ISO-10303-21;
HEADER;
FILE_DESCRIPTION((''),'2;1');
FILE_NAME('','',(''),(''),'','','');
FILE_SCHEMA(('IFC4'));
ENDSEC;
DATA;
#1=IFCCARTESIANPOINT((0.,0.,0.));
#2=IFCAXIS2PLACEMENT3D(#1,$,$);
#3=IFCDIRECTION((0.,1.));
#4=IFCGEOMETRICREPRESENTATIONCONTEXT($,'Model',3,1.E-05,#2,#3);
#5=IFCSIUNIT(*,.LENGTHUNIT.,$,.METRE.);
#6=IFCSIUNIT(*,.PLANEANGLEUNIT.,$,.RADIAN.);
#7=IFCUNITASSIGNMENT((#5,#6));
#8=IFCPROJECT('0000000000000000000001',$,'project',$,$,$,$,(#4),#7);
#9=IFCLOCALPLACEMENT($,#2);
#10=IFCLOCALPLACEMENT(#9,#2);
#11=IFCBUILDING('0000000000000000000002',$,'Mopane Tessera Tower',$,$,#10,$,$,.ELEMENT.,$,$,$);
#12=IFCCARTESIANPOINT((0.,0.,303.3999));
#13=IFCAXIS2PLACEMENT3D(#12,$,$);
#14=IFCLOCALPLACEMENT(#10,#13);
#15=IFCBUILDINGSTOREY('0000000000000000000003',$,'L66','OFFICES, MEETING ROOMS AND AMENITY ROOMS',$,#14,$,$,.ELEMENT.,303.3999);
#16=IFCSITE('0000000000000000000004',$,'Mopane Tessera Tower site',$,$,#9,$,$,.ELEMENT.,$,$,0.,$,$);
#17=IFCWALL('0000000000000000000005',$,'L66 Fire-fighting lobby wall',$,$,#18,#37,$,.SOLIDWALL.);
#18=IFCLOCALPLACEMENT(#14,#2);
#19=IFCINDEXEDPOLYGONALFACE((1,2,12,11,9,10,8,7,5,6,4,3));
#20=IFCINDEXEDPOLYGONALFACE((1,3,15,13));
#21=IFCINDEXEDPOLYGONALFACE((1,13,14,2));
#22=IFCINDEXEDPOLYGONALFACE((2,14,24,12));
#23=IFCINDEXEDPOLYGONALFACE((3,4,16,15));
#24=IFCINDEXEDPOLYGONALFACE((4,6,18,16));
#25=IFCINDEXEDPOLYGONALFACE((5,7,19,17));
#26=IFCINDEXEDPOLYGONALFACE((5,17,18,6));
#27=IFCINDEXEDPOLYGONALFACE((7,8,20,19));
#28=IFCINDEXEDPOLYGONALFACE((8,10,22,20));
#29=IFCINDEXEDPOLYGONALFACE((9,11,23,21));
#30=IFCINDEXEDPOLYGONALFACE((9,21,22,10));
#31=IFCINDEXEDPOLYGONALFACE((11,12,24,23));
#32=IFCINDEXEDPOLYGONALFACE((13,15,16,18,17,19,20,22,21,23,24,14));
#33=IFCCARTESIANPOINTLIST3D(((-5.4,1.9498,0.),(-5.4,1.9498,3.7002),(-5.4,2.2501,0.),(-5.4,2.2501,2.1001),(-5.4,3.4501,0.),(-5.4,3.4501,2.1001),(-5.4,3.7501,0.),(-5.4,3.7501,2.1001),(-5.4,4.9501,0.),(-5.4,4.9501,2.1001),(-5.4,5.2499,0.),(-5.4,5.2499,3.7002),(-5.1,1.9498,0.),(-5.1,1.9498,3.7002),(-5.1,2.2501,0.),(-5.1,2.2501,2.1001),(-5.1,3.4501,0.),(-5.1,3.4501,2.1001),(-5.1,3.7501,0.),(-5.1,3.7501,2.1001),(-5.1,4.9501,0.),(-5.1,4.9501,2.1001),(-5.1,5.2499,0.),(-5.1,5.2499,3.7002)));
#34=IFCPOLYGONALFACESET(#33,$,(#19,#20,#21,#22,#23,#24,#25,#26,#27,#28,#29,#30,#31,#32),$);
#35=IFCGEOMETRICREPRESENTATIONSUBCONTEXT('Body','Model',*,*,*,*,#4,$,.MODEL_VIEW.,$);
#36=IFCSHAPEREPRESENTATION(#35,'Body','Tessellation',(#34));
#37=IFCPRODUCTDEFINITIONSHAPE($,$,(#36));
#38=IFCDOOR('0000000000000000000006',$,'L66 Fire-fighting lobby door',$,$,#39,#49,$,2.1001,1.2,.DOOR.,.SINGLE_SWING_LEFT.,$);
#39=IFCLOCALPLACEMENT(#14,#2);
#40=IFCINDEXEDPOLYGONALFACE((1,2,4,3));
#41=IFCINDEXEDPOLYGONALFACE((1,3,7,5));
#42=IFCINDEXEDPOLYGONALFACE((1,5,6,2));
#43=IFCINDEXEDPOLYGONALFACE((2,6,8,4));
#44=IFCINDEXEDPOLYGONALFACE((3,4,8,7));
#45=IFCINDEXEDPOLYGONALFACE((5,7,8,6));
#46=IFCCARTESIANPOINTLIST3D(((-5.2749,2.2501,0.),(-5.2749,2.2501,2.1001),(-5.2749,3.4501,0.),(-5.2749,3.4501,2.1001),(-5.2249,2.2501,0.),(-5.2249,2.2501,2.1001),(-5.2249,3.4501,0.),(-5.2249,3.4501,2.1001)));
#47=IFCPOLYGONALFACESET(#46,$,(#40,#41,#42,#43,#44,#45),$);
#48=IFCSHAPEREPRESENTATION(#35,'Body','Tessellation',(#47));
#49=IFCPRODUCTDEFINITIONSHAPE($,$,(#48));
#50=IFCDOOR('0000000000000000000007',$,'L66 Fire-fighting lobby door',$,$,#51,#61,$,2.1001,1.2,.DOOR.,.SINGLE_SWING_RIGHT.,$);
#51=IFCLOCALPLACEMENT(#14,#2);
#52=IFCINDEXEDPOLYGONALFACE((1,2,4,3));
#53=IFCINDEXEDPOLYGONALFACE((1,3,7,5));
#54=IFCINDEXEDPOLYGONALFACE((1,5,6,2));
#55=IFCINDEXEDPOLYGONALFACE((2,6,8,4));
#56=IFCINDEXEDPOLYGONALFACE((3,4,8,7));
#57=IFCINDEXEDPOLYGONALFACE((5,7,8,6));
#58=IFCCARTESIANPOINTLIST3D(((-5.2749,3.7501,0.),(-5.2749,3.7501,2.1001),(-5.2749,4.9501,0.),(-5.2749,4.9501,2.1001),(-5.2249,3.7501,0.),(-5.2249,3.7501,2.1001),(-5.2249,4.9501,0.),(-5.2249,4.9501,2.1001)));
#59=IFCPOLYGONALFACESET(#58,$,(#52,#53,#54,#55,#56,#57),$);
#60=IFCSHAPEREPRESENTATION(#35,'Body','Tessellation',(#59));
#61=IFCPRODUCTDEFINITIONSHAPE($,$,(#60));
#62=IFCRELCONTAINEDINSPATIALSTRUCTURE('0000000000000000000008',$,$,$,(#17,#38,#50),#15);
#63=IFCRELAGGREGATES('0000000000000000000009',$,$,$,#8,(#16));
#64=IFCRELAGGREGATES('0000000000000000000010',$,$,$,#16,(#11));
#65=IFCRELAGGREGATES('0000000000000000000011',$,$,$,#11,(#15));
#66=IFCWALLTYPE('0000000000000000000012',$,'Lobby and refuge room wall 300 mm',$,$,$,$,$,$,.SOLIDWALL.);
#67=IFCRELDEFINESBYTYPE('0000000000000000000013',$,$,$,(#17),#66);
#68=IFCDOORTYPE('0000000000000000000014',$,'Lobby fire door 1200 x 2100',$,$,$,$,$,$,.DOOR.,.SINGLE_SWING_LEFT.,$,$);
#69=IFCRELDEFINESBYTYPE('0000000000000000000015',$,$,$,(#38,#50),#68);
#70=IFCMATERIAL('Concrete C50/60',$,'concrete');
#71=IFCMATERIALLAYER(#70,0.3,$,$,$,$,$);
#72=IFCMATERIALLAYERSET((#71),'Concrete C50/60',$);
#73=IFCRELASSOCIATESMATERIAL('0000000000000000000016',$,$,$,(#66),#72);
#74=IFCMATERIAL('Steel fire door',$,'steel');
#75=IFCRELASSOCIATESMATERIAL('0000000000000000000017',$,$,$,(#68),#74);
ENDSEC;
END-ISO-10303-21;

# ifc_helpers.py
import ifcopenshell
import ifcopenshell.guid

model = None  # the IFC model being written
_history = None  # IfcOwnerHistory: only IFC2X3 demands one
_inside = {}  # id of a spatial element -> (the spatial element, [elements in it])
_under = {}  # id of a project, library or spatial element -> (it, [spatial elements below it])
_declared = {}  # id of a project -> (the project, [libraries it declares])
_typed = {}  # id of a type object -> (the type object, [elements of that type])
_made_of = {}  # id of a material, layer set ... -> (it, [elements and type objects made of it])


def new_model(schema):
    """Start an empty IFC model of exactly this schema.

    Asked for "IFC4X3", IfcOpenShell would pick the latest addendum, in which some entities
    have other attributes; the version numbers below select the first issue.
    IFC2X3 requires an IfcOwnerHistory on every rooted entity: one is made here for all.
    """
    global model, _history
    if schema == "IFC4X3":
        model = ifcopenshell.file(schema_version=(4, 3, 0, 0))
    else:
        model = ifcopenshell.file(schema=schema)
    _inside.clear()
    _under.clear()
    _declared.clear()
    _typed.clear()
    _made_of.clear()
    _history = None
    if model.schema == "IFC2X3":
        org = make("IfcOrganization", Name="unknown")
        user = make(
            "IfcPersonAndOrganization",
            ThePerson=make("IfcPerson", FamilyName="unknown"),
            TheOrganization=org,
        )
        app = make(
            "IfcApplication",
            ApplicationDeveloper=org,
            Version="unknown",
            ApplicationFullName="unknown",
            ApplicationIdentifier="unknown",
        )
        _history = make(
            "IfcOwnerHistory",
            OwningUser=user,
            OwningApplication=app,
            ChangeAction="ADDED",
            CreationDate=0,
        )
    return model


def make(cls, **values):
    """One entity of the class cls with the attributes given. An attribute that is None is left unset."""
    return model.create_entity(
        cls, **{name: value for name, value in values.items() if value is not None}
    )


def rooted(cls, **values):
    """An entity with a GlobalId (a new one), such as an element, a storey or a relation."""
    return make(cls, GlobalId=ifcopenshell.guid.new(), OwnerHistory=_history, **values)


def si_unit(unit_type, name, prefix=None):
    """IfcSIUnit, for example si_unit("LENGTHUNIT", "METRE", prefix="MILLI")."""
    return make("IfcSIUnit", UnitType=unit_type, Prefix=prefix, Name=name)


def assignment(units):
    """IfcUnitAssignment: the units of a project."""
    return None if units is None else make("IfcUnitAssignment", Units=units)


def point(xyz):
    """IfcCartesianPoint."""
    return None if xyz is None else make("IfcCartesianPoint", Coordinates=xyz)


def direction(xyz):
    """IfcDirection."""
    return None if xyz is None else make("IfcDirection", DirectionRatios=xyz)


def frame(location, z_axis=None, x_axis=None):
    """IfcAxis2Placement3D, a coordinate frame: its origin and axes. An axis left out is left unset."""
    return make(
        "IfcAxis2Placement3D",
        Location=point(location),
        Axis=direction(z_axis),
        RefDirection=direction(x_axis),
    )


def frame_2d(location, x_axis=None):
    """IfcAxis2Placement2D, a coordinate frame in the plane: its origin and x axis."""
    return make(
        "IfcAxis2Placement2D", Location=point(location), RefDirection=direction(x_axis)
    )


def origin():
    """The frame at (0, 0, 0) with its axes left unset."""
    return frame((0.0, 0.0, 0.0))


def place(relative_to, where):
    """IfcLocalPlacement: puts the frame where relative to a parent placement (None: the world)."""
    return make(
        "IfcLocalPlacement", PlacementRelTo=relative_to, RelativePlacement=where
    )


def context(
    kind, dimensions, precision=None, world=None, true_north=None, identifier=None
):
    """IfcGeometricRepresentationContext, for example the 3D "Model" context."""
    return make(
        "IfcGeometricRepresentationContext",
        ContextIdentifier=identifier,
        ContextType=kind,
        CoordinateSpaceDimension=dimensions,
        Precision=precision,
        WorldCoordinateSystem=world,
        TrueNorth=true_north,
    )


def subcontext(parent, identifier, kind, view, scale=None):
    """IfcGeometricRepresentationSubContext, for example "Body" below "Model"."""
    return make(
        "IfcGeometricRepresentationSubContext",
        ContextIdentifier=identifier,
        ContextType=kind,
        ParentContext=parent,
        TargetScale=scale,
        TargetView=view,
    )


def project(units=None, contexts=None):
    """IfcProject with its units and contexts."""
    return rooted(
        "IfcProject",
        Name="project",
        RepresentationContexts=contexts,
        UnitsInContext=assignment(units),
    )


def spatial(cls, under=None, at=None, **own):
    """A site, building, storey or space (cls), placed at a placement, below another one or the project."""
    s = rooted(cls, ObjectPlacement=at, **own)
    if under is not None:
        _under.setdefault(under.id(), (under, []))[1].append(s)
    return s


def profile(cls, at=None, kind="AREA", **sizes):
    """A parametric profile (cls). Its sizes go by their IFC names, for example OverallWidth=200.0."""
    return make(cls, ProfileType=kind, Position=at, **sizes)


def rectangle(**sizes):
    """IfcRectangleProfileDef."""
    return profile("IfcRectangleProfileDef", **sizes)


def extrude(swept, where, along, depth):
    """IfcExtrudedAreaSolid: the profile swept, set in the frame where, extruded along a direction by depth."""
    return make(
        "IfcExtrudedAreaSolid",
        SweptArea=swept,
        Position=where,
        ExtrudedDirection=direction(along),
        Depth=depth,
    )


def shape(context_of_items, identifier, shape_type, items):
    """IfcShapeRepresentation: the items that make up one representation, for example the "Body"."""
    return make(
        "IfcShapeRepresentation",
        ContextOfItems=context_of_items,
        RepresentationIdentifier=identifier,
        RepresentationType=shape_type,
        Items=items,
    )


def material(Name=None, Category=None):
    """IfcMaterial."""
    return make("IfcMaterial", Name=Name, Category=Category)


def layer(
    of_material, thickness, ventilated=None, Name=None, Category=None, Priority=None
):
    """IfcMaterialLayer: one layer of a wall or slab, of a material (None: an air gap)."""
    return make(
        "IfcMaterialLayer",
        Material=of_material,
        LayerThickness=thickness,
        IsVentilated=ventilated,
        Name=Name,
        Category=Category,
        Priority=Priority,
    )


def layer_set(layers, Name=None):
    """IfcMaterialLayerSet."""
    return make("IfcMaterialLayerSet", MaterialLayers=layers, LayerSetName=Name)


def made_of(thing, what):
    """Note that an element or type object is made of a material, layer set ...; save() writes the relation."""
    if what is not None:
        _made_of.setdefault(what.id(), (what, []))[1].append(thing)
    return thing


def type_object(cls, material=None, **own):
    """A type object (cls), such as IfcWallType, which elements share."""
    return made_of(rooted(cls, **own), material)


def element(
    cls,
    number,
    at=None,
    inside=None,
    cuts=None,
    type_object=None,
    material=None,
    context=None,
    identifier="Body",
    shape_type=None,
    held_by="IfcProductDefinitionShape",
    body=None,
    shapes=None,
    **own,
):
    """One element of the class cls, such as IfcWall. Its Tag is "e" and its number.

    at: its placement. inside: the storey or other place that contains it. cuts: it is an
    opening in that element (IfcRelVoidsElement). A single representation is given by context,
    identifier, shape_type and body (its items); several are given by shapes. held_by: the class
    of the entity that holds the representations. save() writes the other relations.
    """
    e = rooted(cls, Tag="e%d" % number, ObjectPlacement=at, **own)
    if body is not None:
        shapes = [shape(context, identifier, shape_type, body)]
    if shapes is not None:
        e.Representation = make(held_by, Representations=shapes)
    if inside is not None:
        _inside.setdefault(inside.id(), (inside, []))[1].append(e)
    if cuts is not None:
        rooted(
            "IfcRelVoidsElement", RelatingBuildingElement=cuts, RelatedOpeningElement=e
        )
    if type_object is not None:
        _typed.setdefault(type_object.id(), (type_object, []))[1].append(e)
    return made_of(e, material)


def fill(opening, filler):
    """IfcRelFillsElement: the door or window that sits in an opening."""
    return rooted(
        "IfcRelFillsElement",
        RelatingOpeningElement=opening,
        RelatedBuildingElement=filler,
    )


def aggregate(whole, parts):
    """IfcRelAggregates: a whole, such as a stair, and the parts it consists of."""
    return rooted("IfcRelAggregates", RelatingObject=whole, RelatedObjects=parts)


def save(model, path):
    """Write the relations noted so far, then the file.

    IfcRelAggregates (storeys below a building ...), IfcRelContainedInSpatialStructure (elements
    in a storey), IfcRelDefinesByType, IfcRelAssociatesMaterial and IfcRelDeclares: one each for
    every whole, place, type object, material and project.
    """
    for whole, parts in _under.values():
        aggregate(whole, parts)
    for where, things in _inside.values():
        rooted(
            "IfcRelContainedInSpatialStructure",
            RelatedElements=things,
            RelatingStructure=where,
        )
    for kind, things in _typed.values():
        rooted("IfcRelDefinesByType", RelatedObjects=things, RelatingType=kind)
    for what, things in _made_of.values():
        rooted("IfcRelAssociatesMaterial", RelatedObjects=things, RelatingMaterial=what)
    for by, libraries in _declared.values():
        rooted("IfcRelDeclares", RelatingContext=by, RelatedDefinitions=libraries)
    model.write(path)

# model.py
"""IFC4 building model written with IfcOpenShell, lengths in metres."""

from ifc_helpers import new_model, si_unit, direction, frame, frame_2d, origin, place, context, subcontext, project, spatial, rectangle, extrude, material, layer, layer_set, type_object, element, fill, save


model = new_model("IFC4")

# Units and contexts
model_context = context("Model", 3, precision=1e-05, world=origin(), true_north=direction((0.0, 1.0)))
body_context = subcontext(model_context, "Body", "Model", "MODEL_VIEW")
ifc_project = project(units=[si_unit("LENGTHUNIT", "METRE"), si_unit("PLANEANGLEUNIT", "RADIAN")], contexts=[model_context])

# Site, building, storey
site_placement = place(None, origin())
site = spatial("IfcSite", under=ifc_project, at=site_placement, Name="Mopane Tessera Tower site", CompositionType="ELEMENT", RefElevation=0.0)
building_placement = place(site_placement, origin())
building = spatial("IfcBuilding", under=site, at=building_placement, Name="Mopane Tessera Tower", CompositionType="ELEMENT")
storey_placement = place(building_placement, frame((0.0, 0.0, 303.3999)))
storey = spatial("IfcBuildingStorey", under=building, at=storey_placement, Name="L66", Description="OFFICES, MEETING ROOMS AND AMENITY ROOMS", CompositionType="ELEMENT", Elevation=303.3999)

# Wall, openings, doors
ifc_material_1 = material(Name="Concrete C50/60", Category="concrete")
ifc_layer_1 = layer(ifc_material_1, 0.3)
ifc_layer_set_1 = layer_set([ifc_layer_1], Name="Concrete C50/60")
wall_type_1 = type_object("IfcWallType", Name="Lobby and refuge room wall 300 mm", PredefinedType="SOLIDWALL", material=ifc_layer_set_1)
wall_1_placement = place(storey_placement, frame((-5.25, 1.95, 0.0), z_axis=(0.0, 0.0, 1.0), x_axis=(0.0, 1.0, 0.0)))
wall_1 = element("IfcWall", 1, at=wall_1_placement, inside=storey, type_object=wall_type_1, Name="L66 Fire-fighting lobby wall", PredefinedType="SOLIDWALL", context=body_context, shape_type="SweptSolid", body=[
    extrude(rectangle(XDim=3.3, YDim=0.3, at=frame_2d((1.6499, 0.0))), origin(), (0.0, 0.0, 1.0), 3.7002),
])
opening_1_placement = place(wall_1_placement, frame((0.3, 0.0, 0.0)))
opening_1 = element("IfcOpeningElement", 2, at=opening_1_placement, cuts=wall_1, PredefinedType="OPENING", context=body_context, shape_type="SweptSolid", body=[
    extrude(rectangle(XDim=1.2, YDim=2.1001, at=frame_2d((0.6001, 1.05))), frame((0.0, 0.1621, 0.0), z_axis=(0.0, -1.0, 0.0), x_axis=(1.0, 0.0, 0.0)), (0.0, 0.0, 1.0), 0.324),
])
opening_2_placement = place(wall_1_placement, frame((1.8, 0.0, 0.0)))
opening_2 = element("IfcOpeningElement", 3, at=opening_2_placement, cuts=wall_1, PredefinedType="OPENING", context=body_context, shape_type="SweptSolid", body=[
    extrude(rectangle(XDim=1.2, YDim=2.1001, at=frame_2d((0.6001, 1.05))), frame((0.0, 0.1621, 0.0), z_axis=(0.0, -1.0, 0.0), x_axis=(1.0, 0.0, 0.0)), (0.0, 0.0, 1.0), 0.324),
])
ifc_material_2 = material(Name="Steel fire door", Category="steel")
door_type = type_object("IfcDoorType", Name="Lobby fire door 1200 x 2100", OperationType="SINGLE_SWING_LEFT", PredefinedType="DOOR", material=ifc_material_2)
door_1_placement = place(opening_1_placement, origin())
door_1 = element("IfcDoor", 4, at=door_1_placement, inside=storey, type_object=door_type, Name="L66 Fire-fighting lobby door", OperationType="SINGLE_SWING_LEFT", OverallHeight=2.1001, OverallWidth=1.2, PredefinedType="DOOR", context=body_context, shape_type="SweptSolid", body=[
    extrude(rectangle(XDim=1.2, YDim=2.1001, at=frame_2d((0.6001, 1.05))), frame((0.0, 0.0249, 0.0), z_axis=(0.0, -1.0, 0.0), x_axis=(1.0, 0.0, 0.0)), (0.0, 0.0, 1.0), 0.05),
])
fill(opening_1, door_1)
door_2_placement = place(opening_2_placement, origin())
door_2 = element("IfcDoor", 5, at=door_2_placement, inside=storey, type_object=door_type, Name="L66 Fire-fighting lobby door", OperationType="SINGLE_SWING_RIGHT", OverallHeight=2.1001, OverallWidth=1.2, PredefinedType="DOOR", context=body_context, shape_type="SweptSolid", body=[
    extrude(rectangle(XDim=1.2, YDim=2.1001, at=frame_2d((0.6001, 1.05))), frame((0.0, 0.0249, 0.0), z_axis=(0.0, -1.0, 0.0), x_axis=(1.0, 0.0, 0.0)), (0.0, 0.0, 1.0), 0.05),
])
fill(opening_2, door_2)

save(model, "model.ifc")
